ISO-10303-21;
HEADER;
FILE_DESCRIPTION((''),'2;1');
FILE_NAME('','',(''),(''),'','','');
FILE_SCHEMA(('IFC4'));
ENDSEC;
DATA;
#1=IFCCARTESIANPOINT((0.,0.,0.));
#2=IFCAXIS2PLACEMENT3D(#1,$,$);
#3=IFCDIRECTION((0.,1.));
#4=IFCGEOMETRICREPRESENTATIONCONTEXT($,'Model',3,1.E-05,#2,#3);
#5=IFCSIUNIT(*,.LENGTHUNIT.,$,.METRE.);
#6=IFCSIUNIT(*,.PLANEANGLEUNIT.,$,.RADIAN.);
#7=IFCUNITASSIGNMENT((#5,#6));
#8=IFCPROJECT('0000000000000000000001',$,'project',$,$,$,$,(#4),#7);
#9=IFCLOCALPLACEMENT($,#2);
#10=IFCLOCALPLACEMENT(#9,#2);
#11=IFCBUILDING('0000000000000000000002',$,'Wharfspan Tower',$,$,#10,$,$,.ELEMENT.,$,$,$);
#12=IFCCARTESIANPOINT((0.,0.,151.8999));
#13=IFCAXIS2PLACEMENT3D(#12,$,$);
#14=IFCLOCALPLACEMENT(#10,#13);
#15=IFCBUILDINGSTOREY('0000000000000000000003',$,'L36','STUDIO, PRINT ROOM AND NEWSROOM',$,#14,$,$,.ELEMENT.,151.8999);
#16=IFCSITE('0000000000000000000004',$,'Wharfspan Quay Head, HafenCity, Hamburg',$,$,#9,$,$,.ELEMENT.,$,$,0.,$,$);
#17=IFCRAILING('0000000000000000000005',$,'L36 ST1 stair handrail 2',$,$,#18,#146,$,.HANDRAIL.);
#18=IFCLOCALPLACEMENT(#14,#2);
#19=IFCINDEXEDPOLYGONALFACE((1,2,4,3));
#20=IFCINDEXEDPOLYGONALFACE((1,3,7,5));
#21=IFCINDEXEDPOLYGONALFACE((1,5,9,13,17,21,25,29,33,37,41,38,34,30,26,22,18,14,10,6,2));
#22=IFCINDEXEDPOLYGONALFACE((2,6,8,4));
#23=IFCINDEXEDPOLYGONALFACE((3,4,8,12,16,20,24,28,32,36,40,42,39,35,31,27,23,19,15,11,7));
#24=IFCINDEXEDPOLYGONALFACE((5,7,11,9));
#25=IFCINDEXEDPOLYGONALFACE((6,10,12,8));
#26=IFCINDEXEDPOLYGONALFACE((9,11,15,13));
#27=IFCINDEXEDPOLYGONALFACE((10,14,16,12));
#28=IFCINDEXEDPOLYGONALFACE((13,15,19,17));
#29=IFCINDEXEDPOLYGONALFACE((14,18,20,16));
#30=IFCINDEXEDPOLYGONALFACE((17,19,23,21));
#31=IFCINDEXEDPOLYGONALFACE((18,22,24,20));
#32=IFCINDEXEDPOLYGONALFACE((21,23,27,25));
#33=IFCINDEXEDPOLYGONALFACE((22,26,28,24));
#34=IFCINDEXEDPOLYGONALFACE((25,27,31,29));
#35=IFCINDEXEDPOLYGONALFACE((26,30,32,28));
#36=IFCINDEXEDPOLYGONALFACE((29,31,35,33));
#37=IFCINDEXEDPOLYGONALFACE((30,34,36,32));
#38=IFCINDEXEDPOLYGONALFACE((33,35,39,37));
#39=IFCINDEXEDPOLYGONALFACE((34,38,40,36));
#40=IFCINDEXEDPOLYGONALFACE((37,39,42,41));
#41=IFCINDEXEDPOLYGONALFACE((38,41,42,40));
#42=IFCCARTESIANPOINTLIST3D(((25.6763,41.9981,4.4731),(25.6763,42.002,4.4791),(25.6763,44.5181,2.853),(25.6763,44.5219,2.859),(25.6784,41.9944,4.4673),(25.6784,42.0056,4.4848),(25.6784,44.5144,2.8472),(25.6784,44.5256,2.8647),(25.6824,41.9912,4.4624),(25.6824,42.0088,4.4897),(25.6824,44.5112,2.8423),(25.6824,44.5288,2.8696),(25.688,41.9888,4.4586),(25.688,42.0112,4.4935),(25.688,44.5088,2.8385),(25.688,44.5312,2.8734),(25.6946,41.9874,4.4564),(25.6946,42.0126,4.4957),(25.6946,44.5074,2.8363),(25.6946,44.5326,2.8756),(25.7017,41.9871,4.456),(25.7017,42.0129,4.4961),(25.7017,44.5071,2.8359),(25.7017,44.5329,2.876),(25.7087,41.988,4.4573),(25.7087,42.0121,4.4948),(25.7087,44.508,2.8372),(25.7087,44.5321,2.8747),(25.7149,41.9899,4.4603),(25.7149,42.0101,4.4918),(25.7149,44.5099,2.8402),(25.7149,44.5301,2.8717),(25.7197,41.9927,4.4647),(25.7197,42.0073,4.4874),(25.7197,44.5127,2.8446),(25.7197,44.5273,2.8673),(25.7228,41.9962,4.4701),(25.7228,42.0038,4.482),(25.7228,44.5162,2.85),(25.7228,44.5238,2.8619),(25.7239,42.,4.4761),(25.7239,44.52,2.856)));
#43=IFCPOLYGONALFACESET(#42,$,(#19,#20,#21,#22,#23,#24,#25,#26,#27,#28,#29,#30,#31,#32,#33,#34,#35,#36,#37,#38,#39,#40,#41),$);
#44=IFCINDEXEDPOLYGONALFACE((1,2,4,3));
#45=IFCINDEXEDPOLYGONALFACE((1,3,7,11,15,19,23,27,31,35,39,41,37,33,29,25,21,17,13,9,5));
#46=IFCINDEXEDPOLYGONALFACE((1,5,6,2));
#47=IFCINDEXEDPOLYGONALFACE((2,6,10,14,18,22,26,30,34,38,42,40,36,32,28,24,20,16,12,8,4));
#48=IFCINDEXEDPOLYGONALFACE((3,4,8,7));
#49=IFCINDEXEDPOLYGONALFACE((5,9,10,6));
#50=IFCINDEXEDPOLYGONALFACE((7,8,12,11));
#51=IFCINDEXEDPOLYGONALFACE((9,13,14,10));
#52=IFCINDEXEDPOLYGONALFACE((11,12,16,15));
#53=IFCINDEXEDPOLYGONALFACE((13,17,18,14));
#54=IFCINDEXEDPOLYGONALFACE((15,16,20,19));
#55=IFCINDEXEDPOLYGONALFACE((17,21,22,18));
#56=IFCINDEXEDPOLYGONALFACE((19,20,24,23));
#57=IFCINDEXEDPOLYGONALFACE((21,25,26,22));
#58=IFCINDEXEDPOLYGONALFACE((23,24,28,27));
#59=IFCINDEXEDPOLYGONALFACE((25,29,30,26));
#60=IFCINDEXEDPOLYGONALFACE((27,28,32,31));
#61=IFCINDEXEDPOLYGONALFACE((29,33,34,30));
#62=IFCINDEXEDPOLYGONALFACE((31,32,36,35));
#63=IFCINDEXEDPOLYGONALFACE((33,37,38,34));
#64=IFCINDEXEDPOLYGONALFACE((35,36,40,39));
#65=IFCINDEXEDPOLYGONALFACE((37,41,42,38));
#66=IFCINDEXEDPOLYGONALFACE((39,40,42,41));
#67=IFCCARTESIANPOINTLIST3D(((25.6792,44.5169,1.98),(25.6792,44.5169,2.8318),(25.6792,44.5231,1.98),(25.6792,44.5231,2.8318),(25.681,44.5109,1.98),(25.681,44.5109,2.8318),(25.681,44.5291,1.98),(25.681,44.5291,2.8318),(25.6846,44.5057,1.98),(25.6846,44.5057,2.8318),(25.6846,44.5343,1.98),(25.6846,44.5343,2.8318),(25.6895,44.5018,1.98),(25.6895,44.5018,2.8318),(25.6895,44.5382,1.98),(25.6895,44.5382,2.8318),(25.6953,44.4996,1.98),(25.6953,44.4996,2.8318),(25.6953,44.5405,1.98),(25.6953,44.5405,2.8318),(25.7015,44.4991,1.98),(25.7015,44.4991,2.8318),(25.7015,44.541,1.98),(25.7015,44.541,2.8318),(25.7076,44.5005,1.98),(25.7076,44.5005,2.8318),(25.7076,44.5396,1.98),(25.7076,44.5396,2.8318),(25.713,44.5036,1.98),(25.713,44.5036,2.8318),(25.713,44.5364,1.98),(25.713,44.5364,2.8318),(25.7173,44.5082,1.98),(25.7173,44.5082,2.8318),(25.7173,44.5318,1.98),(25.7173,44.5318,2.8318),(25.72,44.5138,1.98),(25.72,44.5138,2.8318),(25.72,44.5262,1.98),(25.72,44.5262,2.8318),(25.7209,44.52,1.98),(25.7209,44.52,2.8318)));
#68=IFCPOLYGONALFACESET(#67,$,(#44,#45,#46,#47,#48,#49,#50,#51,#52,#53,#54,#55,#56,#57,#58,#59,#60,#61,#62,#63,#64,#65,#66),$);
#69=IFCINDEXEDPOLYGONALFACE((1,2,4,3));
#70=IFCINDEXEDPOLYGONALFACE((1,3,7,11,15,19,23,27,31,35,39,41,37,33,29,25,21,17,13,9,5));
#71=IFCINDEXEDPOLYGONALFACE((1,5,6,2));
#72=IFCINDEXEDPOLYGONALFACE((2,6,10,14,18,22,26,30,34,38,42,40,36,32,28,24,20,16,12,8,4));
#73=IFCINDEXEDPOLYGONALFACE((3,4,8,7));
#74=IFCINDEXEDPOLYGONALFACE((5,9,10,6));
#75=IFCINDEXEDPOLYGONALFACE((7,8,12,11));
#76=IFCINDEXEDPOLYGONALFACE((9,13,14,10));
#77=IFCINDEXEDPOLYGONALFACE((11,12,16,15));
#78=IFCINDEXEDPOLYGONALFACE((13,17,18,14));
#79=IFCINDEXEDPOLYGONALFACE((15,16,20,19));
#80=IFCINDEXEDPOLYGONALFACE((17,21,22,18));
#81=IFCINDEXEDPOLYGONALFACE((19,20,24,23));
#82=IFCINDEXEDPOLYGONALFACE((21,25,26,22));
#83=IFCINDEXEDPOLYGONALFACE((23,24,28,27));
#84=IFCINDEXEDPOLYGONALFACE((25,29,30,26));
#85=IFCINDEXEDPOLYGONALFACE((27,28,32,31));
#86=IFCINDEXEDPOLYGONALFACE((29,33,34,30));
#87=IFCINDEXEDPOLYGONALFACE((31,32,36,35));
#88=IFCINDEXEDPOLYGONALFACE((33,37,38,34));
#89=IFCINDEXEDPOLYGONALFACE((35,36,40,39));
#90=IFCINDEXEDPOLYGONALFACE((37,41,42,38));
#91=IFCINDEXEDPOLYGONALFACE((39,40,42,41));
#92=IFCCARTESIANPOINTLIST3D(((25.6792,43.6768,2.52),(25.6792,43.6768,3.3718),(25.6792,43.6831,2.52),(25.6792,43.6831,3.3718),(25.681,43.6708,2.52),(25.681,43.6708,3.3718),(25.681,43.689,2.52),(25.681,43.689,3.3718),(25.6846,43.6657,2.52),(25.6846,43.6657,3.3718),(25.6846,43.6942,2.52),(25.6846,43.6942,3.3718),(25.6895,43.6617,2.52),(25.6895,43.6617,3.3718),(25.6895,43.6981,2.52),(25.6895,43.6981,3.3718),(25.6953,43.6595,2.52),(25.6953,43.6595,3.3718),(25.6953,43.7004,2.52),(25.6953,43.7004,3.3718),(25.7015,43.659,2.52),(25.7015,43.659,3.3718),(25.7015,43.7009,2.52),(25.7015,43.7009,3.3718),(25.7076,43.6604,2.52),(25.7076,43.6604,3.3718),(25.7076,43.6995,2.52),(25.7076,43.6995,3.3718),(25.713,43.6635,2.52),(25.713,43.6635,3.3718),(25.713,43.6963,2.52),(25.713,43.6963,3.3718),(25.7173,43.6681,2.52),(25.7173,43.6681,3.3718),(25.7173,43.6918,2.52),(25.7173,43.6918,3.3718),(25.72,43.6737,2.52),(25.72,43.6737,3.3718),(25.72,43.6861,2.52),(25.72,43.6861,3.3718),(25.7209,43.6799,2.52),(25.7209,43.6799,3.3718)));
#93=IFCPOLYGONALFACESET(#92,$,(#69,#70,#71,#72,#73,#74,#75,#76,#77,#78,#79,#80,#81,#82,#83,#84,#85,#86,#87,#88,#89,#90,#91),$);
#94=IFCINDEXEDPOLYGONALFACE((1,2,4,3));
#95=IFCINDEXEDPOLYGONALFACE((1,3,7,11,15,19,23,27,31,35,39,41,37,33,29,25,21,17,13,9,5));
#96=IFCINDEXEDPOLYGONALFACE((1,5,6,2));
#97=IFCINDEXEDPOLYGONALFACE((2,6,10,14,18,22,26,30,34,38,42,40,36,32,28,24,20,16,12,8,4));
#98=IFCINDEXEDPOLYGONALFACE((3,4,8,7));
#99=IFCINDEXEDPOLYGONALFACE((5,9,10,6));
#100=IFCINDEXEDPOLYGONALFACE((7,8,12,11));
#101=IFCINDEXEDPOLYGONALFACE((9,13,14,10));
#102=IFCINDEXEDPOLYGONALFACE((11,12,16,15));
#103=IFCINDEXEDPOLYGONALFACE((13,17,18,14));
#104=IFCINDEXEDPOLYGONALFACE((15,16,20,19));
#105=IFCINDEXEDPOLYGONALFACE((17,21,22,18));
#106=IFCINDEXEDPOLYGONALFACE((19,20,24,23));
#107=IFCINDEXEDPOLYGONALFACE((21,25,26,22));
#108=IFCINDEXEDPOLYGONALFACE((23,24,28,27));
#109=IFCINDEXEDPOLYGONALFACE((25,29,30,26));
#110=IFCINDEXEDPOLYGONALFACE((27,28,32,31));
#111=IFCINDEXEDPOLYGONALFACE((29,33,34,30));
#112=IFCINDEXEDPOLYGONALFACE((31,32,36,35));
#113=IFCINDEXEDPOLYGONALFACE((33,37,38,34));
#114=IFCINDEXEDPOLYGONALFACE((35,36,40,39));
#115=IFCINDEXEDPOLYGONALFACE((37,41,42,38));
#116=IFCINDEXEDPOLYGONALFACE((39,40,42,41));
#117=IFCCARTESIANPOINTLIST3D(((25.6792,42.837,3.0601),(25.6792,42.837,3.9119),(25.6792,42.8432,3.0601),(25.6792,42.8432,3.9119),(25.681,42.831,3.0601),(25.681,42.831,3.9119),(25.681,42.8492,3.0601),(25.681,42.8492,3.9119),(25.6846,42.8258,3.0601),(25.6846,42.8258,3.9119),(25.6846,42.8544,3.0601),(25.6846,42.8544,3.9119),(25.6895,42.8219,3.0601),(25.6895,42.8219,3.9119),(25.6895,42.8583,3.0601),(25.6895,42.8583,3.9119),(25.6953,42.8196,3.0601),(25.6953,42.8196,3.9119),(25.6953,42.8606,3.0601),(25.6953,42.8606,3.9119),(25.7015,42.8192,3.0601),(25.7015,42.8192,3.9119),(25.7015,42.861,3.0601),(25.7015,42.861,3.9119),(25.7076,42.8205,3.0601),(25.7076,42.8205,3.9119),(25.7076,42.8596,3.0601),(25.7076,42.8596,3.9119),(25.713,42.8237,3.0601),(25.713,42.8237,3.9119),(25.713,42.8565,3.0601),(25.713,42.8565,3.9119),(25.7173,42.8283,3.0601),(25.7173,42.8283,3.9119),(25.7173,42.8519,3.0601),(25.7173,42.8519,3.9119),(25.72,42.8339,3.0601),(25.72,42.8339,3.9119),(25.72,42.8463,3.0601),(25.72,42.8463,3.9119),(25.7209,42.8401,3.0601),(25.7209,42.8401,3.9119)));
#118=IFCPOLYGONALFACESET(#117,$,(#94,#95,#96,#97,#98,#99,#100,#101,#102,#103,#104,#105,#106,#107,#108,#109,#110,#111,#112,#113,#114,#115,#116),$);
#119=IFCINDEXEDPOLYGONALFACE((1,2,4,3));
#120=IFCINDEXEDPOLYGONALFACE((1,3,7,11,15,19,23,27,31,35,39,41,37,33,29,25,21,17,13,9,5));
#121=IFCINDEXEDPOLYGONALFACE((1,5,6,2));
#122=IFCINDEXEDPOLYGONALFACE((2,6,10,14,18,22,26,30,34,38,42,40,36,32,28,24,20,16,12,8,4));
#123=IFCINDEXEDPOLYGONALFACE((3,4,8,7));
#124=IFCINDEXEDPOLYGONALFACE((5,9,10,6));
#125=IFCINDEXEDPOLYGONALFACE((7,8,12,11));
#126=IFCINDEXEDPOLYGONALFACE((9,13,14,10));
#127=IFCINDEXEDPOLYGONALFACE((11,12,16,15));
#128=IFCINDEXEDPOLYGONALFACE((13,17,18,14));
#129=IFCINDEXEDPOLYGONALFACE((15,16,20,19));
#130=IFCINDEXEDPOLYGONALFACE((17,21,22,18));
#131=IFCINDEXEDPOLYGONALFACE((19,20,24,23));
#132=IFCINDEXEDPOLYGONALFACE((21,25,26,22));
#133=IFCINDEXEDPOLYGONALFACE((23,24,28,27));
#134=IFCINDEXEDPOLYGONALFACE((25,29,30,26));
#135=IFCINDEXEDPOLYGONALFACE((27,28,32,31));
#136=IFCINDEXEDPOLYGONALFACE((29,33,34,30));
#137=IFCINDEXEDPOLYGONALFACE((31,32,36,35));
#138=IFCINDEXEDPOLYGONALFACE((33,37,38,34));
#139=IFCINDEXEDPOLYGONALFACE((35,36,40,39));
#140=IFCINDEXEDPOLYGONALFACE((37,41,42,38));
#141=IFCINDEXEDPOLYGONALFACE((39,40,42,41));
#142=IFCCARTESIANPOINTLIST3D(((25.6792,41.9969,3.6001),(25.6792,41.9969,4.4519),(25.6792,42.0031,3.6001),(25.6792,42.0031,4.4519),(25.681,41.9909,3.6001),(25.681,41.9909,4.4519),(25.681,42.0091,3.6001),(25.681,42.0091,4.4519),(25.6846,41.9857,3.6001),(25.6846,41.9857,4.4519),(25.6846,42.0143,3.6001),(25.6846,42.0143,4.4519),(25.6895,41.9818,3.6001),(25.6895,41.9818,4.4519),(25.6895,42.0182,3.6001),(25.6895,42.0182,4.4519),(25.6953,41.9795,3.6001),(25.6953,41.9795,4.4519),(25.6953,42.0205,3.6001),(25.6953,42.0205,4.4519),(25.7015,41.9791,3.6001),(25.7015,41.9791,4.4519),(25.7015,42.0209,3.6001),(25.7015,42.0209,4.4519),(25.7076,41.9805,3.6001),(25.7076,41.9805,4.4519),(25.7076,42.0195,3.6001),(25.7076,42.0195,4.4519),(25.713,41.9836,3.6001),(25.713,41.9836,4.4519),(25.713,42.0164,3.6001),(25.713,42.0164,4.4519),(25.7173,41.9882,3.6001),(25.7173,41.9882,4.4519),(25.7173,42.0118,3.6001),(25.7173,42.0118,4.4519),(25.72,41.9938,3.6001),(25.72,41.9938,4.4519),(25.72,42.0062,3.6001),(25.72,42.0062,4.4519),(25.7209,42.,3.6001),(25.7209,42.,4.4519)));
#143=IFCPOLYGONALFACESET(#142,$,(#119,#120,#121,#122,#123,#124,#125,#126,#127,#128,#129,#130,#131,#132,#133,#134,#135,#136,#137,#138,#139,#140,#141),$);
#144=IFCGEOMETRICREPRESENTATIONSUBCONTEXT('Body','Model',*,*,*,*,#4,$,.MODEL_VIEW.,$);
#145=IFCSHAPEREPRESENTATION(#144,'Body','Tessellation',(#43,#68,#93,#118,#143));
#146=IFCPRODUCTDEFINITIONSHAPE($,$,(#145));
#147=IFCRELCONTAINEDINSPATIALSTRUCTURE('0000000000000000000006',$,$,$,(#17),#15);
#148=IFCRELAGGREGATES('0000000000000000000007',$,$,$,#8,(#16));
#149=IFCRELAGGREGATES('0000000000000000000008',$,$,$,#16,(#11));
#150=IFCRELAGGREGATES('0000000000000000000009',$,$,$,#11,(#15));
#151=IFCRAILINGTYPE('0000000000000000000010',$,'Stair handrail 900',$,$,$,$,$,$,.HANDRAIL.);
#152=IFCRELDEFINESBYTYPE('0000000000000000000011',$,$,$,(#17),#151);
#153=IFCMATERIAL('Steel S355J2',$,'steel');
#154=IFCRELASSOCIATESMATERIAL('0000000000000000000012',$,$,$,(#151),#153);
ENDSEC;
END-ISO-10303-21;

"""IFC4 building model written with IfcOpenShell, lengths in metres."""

from ifc_helpers import new_model, si_unit, direction, frame, origin, origin_2d, place, context, subcontext, project, spatial, circle, extrude, material, type_object, element, save


model = new_model("IFC4")

# Units and contexts
model_context = context("Model", 3, precision=1e-05, world=origin(), true_north=direction((0.0, 1.0)))
body_context = subcontext(model_context, "Body", "Model", "MODEL_VIEW")
ifc_project = project(units=[si_unit("LENGTHUNIT", "METRE"), si_unit("PLANEANGLEUNIT", "RADIAN")], contexts=[model_context])

# Site, building, storey
site_placement = place(None, origin())
site = spatial("IfcSite", under=ifc_project, at=site_placement, Name="Wharfspan Quay Head, HafenCity, Hamburg", CompositionType="ELEMENT", RefElevation=0.0)
building_placement = place(site_placement, origin())
building = spatial("IfcBuilding", under=site, at=building_placement, Name="Wharfspan Tower", CompositionType="ELEMENT")
storey_placement = place(building_placement, frame((0.0, 0.0, 151.8999)))
storey = spatial("IfcBuildingStorey", under=building, at=storey_placement, Name="L36", Description="STUDIO, PRINT ROOM AND NEWSROOM", CompositionType="ELEMENT", Elevation=151.8999)

# Shared definitions
ifc_material_1 = material(Name="Steel S355J2", Category="steel")

# Railing
railing_type = type_object("IfcRailingType", Name="Stair handrail 900", PredefinedType="HANDRAIL", material=ifc_material_1)
railing_placement = place(storey_placement, frame((25.7, 44.52, 1.98)))
element("IfcRailing", 1, at=railing_placement, inside=storey, type_object=railing_type, Name="L36 ST1 stair handrail 2", PredefinedType="HANDRAIL", context=body_context, shape_type="SweptSolid", body=[
    extrude(circle(Radius=0.0239, at=origin_2d()), frame((0.0, 0.0, 0.876), z_axis=(0.0, -0.841163, 0.540782), x_axis=(1.0, 0.0, 0.0)), (0.0, 0.0, 1.0), 2.9958),
    extrude(circle(Radius=0.021, at=origin_2d()), origin(), (0.0, 0.0, 1.0), 0.8518),
    extrude(circle(Radius=0.021, at=origin_2d()), frame((0.0, -0.8401, 0.54)), (0.0, 0.0, 1.0), 0.8518),
    extrude(circle(Radius=0.021, at=origin_2d()), frame((0.0, -1.6799, 1.0801)), (0.0, 0.0, 1.0), 0.8518),
    extrude(circle(Radius=0.021, at=origin_2d()), frame((0.0, -2.52, 1.6201)), (0.0, 0.0, 1.0), 0.8518),
])

save(model, "model.ifc")
